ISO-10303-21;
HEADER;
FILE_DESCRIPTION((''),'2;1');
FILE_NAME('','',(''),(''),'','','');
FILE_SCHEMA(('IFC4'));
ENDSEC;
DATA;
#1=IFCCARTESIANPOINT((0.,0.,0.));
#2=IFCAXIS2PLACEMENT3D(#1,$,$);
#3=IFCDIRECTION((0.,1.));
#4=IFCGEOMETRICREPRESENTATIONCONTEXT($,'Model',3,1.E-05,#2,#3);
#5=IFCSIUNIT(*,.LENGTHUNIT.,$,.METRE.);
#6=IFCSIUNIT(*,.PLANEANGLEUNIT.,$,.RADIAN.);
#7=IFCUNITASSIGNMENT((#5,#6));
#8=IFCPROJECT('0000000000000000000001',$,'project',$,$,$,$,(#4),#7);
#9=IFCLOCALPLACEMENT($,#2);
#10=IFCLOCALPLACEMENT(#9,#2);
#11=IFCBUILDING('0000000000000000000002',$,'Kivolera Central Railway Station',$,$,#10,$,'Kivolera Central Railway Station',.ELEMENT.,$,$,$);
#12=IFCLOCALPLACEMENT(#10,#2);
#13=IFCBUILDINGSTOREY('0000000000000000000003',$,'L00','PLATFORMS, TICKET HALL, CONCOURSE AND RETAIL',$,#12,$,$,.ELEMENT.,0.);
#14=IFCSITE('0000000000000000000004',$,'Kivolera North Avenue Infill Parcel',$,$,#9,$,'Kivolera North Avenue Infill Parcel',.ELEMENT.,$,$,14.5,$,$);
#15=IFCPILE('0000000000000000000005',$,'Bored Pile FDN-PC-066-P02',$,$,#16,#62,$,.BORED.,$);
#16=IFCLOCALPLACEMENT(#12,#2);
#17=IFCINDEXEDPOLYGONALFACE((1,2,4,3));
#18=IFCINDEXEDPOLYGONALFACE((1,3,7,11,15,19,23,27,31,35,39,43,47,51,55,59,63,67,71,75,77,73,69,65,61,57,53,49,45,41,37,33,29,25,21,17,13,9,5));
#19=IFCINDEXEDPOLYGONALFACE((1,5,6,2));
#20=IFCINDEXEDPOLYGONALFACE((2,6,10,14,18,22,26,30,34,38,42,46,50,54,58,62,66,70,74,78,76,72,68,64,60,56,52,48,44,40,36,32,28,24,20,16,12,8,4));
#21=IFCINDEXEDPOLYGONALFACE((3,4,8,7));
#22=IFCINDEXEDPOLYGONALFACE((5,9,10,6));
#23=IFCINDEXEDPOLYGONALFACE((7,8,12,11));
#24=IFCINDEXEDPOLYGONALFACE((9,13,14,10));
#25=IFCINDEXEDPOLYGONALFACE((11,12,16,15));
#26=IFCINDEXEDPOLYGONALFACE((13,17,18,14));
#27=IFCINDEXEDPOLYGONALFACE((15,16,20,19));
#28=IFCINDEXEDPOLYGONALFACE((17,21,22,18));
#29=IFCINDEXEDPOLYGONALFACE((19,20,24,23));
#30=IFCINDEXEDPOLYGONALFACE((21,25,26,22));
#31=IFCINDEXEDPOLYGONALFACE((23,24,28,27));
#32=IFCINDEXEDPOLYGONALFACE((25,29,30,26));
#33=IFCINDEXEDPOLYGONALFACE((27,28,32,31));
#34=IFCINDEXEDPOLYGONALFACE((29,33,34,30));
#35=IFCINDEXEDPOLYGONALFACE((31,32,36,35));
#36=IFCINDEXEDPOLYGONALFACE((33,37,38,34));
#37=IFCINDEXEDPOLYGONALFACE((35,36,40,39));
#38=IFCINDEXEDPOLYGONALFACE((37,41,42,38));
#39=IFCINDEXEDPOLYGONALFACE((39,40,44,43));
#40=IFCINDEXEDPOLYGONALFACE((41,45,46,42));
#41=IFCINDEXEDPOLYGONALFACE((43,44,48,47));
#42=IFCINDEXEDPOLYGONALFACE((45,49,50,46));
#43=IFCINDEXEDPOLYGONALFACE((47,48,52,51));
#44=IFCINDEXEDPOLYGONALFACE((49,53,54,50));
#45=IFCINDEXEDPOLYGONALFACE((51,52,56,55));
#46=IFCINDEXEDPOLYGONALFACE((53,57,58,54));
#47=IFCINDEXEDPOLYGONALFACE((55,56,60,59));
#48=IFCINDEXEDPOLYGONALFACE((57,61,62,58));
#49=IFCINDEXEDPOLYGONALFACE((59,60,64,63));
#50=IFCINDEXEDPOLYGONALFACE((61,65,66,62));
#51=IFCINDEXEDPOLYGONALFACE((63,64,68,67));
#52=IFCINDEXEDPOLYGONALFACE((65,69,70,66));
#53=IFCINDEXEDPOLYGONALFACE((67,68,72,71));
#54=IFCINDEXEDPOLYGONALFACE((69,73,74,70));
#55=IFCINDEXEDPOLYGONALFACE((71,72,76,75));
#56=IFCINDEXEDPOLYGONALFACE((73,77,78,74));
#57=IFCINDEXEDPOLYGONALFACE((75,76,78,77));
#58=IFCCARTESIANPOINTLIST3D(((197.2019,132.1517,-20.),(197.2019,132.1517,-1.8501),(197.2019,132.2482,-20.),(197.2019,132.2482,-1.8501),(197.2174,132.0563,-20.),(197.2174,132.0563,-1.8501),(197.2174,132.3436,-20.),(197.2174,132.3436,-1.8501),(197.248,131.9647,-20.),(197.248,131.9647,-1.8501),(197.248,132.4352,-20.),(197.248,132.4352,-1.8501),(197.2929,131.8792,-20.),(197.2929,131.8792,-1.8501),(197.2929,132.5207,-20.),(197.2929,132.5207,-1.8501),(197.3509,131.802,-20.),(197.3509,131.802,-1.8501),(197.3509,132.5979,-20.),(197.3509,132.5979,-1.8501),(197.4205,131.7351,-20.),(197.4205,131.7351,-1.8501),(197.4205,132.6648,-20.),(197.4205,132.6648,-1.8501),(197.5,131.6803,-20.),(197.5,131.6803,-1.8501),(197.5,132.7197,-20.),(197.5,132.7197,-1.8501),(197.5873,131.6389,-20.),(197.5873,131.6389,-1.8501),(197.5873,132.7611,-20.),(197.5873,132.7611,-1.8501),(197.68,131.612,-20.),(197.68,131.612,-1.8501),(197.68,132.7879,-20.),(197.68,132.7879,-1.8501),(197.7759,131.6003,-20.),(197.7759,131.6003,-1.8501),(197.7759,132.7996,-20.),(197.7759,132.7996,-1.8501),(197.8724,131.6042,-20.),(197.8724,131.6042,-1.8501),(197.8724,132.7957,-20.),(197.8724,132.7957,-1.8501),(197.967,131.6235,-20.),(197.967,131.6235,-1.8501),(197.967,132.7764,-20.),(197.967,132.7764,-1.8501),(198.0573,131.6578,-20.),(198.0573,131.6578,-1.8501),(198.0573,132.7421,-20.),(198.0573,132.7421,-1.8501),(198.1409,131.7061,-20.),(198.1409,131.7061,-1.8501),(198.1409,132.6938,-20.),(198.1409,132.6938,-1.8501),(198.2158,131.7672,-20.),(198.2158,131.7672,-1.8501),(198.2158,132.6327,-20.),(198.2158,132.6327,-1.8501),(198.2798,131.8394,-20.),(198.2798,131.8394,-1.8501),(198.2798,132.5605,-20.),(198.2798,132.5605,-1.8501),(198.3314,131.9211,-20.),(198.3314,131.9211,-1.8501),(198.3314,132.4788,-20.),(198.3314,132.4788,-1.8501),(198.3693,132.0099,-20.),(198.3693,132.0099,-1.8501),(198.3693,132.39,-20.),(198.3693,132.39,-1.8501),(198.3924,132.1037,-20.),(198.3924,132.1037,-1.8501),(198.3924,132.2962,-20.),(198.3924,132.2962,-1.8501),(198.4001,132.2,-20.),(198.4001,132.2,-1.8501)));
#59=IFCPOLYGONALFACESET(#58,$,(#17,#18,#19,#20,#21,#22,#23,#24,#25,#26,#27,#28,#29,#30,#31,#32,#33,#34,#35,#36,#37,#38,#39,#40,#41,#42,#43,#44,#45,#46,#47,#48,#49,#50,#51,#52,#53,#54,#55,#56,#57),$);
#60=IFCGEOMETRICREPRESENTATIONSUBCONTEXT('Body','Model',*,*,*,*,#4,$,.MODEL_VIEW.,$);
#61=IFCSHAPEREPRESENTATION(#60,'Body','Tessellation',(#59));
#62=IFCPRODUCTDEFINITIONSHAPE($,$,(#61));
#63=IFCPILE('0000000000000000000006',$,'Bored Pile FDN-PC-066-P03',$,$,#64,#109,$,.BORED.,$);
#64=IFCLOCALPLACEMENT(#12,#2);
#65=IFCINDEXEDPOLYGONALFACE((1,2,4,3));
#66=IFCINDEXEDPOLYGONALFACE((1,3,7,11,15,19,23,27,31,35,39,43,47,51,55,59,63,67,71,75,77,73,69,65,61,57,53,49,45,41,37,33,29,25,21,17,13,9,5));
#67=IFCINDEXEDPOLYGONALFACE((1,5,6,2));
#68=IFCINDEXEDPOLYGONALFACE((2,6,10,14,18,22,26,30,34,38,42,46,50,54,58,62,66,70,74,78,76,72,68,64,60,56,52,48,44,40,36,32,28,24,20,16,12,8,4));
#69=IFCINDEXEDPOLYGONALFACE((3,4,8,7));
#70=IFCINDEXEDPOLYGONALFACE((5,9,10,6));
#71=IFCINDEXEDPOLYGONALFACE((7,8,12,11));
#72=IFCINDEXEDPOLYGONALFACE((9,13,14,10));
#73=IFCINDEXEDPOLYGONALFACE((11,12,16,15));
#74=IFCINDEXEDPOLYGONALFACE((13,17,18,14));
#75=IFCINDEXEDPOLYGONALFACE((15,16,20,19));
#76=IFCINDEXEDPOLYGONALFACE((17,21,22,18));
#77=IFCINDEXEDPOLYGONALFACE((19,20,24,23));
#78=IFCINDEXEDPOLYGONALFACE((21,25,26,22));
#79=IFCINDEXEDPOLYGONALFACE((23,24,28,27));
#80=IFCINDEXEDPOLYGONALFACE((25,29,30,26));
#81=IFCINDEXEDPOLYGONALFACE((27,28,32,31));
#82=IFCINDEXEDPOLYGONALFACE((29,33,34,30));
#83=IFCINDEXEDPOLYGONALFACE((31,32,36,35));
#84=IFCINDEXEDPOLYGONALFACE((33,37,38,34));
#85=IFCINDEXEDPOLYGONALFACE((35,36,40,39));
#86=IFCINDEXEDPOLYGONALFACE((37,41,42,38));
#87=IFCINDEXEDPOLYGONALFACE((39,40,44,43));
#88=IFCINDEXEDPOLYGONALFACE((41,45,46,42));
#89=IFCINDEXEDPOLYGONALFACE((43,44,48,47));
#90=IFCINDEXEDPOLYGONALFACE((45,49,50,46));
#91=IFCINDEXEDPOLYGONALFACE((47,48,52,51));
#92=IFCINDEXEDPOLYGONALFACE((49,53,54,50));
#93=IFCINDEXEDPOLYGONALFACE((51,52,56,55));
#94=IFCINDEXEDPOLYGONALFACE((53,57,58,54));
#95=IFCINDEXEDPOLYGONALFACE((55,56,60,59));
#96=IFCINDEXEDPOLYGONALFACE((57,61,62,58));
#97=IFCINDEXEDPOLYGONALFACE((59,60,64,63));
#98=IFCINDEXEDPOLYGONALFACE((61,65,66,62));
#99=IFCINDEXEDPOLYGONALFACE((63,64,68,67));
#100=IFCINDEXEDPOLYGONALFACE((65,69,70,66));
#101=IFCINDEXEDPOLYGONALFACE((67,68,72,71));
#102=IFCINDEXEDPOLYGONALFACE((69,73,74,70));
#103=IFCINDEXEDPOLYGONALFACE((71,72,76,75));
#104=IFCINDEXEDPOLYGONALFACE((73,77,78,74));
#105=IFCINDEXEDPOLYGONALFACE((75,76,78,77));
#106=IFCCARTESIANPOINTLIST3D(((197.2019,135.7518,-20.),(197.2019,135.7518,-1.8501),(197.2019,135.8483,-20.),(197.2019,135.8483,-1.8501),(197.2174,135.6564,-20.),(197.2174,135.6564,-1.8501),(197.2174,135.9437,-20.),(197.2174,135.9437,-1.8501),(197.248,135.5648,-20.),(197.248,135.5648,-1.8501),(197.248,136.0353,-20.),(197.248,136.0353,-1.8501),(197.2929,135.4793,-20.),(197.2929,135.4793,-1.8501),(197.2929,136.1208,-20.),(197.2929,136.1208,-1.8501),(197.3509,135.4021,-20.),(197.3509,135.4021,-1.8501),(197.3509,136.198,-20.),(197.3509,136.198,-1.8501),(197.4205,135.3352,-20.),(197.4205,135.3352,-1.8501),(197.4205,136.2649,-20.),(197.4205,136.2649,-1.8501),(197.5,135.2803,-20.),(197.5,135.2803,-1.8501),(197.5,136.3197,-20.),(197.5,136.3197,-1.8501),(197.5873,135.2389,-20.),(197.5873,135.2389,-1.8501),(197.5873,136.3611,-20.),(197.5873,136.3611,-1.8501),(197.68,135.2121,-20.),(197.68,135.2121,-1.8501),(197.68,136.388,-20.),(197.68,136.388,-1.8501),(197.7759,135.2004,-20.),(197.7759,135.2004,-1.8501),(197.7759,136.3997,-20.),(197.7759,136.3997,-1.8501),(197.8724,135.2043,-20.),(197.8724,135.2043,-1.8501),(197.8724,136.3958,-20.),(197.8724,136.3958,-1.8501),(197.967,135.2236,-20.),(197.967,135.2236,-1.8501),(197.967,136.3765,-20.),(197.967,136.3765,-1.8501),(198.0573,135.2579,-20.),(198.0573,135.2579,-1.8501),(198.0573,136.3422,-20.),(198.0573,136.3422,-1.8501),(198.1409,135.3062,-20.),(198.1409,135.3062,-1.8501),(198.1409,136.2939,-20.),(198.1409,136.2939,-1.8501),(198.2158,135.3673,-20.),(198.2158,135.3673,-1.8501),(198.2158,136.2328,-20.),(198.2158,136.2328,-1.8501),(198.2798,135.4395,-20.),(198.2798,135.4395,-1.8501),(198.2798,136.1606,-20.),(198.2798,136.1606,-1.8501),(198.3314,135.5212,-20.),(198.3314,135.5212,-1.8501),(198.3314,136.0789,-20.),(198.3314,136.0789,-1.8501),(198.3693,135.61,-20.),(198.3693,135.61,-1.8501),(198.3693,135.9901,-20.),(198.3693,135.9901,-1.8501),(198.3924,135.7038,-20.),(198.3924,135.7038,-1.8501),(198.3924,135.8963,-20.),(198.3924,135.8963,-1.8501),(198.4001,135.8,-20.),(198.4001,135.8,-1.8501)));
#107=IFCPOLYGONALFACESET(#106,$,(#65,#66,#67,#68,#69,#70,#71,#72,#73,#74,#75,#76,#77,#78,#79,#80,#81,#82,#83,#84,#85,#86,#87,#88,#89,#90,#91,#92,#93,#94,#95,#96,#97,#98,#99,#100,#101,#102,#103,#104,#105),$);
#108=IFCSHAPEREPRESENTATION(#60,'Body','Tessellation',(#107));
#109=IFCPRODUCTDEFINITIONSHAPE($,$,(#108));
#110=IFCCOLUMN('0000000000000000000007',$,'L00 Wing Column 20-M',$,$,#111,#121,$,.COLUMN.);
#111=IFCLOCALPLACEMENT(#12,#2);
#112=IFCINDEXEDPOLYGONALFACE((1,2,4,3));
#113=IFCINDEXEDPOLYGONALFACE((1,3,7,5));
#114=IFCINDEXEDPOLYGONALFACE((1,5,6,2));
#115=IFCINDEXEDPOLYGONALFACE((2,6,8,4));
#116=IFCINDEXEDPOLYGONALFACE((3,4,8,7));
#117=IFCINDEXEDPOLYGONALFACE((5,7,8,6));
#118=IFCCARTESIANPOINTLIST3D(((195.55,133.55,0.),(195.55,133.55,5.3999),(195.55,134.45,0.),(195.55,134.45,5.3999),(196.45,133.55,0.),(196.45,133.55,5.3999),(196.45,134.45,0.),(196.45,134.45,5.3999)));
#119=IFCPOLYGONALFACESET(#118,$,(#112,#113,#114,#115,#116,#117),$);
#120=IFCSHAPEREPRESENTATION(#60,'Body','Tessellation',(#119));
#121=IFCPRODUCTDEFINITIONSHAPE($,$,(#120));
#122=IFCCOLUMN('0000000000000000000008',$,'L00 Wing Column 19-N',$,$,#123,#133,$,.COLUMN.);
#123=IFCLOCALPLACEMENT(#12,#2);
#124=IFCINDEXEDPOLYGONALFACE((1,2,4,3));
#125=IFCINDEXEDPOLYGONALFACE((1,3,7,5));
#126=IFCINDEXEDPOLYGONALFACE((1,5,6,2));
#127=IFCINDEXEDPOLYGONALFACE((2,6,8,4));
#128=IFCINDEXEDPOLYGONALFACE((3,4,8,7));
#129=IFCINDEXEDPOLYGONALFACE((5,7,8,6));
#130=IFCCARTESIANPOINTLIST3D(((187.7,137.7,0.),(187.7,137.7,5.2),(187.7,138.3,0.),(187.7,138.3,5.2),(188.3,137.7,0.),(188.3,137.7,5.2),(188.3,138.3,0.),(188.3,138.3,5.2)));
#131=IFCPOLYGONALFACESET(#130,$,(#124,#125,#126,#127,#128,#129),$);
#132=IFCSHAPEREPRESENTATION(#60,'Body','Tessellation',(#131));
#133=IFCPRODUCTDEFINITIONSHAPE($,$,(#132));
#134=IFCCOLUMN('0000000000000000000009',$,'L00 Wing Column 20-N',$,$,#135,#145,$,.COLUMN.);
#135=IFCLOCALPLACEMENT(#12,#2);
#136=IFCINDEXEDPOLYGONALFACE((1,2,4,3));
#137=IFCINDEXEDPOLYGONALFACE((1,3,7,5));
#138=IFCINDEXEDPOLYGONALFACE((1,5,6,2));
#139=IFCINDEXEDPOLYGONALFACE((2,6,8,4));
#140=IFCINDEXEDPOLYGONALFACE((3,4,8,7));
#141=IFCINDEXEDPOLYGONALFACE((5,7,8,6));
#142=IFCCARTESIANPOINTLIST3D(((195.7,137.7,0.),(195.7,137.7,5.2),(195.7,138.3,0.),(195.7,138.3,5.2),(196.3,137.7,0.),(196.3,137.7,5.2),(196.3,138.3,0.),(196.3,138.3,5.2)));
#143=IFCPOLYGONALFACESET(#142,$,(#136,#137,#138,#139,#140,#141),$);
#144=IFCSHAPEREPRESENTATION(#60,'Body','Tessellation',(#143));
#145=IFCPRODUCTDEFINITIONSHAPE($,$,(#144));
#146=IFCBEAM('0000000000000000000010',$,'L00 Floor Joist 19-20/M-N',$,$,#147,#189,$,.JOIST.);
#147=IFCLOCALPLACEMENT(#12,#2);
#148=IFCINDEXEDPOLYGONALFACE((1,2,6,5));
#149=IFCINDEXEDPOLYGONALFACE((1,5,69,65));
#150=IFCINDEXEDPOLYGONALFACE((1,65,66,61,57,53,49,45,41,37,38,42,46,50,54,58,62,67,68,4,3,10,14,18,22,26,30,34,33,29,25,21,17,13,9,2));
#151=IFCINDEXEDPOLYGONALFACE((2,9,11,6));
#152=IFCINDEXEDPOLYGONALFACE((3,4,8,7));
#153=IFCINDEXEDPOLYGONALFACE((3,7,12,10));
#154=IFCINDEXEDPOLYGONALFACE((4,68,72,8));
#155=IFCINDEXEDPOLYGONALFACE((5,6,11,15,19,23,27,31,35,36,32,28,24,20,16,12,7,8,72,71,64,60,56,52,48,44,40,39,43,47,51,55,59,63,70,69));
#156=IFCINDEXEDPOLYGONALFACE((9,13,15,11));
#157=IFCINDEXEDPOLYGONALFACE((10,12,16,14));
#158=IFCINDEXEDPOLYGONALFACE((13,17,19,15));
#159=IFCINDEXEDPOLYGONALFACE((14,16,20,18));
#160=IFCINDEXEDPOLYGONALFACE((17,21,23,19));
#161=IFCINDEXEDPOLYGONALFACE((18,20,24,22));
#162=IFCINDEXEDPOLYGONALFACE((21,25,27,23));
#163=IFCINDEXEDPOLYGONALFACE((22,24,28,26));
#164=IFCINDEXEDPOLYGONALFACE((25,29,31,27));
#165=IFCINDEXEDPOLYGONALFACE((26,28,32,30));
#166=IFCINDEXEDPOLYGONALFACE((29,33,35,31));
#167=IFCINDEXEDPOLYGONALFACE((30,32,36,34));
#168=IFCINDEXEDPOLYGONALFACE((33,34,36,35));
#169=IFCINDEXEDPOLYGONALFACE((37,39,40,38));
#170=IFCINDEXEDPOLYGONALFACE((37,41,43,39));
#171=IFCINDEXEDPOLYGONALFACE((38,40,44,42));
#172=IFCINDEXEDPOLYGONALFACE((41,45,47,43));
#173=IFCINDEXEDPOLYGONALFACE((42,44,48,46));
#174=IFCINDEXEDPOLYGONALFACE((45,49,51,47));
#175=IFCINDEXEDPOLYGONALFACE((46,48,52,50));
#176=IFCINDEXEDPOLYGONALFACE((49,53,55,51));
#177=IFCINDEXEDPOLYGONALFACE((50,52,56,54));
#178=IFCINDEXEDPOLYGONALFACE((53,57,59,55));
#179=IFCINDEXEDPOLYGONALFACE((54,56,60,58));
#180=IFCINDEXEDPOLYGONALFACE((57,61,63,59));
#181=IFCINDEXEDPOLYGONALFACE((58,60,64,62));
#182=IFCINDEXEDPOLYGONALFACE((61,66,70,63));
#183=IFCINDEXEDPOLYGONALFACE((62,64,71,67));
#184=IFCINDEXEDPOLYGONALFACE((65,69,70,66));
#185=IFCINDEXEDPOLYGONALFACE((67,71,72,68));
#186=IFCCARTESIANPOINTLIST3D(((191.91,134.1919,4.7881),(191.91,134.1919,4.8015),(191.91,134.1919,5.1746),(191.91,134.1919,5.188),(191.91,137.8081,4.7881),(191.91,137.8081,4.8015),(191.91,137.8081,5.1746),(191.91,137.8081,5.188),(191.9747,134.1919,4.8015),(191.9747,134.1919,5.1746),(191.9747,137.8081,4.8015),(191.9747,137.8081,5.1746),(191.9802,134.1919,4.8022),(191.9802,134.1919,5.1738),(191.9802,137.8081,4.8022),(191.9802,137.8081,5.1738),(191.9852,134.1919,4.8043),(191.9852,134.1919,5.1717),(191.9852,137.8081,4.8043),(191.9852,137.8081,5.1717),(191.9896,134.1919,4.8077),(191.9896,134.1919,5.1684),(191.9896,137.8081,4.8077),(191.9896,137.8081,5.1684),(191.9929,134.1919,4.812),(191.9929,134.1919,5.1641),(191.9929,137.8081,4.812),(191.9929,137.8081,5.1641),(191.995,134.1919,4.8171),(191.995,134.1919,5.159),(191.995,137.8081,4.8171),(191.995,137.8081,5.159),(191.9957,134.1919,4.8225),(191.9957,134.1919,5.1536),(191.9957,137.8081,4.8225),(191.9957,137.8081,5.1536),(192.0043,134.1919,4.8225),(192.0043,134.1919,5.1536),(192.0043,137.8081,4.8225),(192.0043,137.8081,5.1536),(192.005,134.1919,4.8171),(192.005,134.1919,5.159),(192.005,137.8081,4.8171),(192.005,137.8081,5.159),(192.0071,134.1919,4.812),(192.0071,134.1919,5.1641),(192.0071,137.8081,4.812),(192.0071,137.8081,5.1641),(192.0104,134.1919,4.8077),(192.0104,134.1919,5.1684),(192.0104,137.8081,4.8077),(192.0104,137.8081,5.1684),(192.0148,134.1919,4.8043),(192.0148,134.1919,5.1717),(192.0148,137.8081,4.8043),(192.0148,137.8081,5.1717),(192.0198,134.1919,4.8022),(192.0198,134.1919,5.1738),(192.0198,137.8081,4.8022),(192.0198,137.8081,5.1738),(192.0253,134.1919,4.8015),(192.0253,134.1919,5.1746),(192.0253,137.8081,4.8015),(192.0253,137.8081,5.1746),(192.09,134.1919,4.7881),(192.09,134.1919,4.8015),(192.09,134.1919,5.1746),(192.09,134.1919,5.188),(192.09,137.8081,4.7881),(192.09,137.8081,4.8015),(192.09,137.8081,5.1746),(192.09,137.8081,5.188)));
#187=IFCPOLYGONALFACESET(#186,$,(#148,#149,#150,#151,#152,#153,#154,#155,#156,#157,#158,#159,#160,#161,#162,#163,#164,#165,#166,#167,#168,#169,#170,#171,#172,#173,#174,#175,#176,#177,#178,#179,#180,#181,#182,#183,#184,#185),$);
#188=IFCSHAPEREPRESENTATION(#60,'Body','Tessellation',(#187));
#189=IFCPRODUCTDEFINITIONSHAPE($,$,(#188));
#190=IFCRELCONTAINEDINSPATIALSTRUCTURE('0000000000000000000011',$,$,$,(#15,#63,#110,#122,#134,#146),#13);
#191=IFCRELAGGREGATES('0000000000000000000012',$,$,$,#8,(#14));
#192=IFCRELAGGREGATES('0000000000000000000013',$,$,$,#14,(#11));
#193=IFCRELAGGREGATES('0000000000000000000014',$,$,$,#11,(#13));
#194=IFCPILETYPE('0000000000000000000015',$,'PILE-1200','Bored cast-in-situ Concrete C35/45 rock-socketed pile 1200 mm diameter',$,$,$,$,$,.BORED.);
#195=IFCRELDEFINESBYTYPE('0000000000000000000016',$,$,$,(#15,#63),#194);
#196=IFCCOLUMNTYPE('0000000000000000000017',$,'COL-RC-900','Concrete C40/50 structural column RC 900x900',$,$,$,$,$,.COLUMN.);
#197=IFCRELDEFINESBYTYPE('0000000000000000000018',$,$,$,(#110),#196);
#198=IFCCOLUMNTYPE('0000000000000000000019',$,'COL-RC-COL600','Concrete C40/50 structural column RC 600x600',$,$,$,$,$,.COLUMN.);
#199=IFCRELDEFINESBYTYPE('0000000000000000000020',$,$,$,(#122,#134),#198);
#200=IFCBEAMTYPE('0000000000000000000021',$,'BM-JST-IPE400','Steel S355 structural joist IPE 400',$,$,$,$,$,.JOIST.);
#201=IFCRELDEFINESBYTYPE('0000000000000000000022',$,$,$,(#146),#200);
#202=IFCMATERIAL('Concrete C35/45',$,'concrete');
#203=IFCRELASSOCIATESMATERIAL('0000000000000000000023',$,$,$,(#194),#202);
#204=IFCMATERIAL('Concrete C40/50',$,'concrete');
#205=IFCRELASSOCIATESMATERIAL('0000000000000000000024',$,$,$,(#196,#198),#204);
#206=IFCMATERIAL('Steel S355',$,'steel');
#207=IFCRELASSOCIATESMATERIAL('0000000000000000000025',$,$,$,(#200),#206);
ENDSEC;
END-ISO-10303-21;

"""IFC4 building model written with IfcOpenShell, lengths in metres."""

from ifc_helpers import new_model, si_unit, direction, frame, origin, origin_2d, place, context, subcontext, project, spatial, rectangle, circle, i_section, extrude, material, material_profile, profile_set, type_object, element, save


model = new_model("IFC4")

# Units and contexts
model_context = context("Model", 3, precision=1e-05, world=origin(), true_north=direction((0.0, 1.0)))
body_context = subcontext(model_context, "Body", "Model", "MODEL_VIEW")
ifc_project = project(units=[si_unit("LENGTHUNIT", "METRE"), si_unit("PLANEANGLEUNIT", "RADIAN")], contexts=[model_context])

# Site, building, storey
site_placement = place(None, origin())
site = spatial("IfcSite", under=ifc_project, at=site_placement, Name="Kivolera North Avenue Infill Parcel", LongName="Kivolera North Avenue Infill Parcel", CompositionType="ELEMENT", RefElevation=14.5)
building_placement = place(site_placement, origin())
building = spatial("IfcBuilding", under=site, at=building_placement, Name="Kivolera Central Railway Station", LongName="Kivolera Central Railway Station", CompositionType="ELEMENT")
storey_placement = place(building_placement, origin())
storey = spatial("IfcBuildingStorey", under=building, at=storey_placement, Name="L00", Description="PLATFORMS, TICKET HALL, CONCOURSE AND RETAIL", CompositionType="ELEMENT", Elevation=0.0)

# Shared definitions
ifc_material_1 = material(Name="Concrete C35/45", Category="concrete")

# Piles
ifc_material_profile_1 = material_profile(ifc_material_1, circle(Radius=0.6001, at=origin_2d()), Name="PILE D1200")
ifc_profile_set_1 = profile_set([ifc_material_profile_1], Name="Concrete C35/45")
pile_type = type_object("IfcPileType", Name="PILE-1200", Description="Bored cast-in-situ Concrete C35/45 rock-socketed pile 1200 mm diameter", PredefinedType="BORED", material=ifc_profile_set_1)
for number, where, z_axis, x_axis, name in (
    (1, (197.8, 132.2, -1.8501), (0.0, 0.0, -1.0), (1.0, 0.0, 0.0), "Bored Pile FDN-PC-066-P02"),
    (2, (197.8, 135.8, -1.8501), (0.0, 0.0, -1.0), (1.0, 0.0, 0.0), "Bored Pile FDN-PC-066-P03"),
):
    element("IfcPile", number, at=place(storey_placement, frame(where, z_axis=z_axis, x_axis=x_axis)), inside=storey, type_object=pile_type, Name=name, PredefinedType="BORED", context=body_context, shape_type="SweptSolid", body=[
        extrude(circle(Radius=0.6001, at=origin_2d()), origin(), (0.0, 0.0, 1.0), 18.1499),
    ])

# Columns
ifc_material_2 = material(Name="Concrete C40/50", Category="concrete")
ifc_material_profile_2 = material_profile(ifc_material_2, rectangle(XDim=0.8999, YDim=0.8999, at=origin_2d()), Name="RC 900x900")
ifc_profile_set_2 = profile_set([ifc_material_profile_2], Name="Concrete C40/50")
column_type_1 = type_object("IfcColumnType", Name="COL-RC-900", Description="Concrete C40/50 structural column RC 900x900", PredefinedType="COLUMN", material=ifc_profile_set_2)
column_placement = place(storey_placement, frame((196.0, 134.0, 0.0), z_axis=(0.0, 0.0, 1.0), x_axis=(1.0, 0.0, 0.0)))
element("IfcColumn", 3, at=column_placement, inside=storey, type_object=column_type_1, Name="L00 Wing Column 20-M", PredefinedType="COLUMN", context=body_context, shape_type="SweptSolid", body=[
    extrude(rectangle(XDim=0.8999, YDim=0.8999, at=origin_2d()), origin(), (0.0, 0.0, 1.0), 5.3999),
])
ifc_material_profile_3 = material_profile(ifc_material_2, rectangle(XDim=0.6001, YDim=0.6001, at=origin_2d()), Name="RC 600x600")
ifc_profile_set_3 = profile_set([ifc_material_profile_3], Name="Concrete C40/50")
column_type_2 = type_object("IfcColumnType", Name="COL-RC-COL600", Description="Concrete C40/50 structural column RC 600x600", PredefinedType="COLUMN", material=ifc_profile_set_3)
for number, where, z_axis, x_axis, name in (
    (4, (188.0, 138.0, 0.0), (0.0, 0.0, 1.0), (1.0, 0.0, 0.0), "L00 Wing Column 19-N"),
    (5, (196.0, 138.0, 0.0), (0.0, 0.0, 1.0), (1.0, 0.0, 0.0), "L00 Wing Column 20-N"),
):
    element("IfcColumn", number, at=place(storey_placement, frame(where, z_axis=z_axis, x_axis=x_axis)), inside=storey, type_object=column_type_2, Name=name, PredefinedType="COLUMN", context=body_context, shape_type="SweptSolid", body=[
        extrude(rectangle(XDim=0.6001, YDim=0.6001, at=origin_2d()), origin(), (0.0, 0.0, 1.0), 5.2),
    ])

# Beam
ifc_material_3 = material(Name="Steel S355", Category="steel")
ifc_material_profile_4 = material_profile(ifc_material_3, i_section(OverallWidth=0.1799, OverallDepth=0.3999, WebThickness=0.0085, FlangeThickness=0.0134, FilletRadius=0.021, at=origin_2d()), Name="IPE 400")
ifc_profile_set_4 = profile_set([ifc_material_profile_4], Name="Steel S355")
beam_type_1 = type_object("IfcBeamType", Name="BM-JST-IPE400", Description="Steel S355 structural joist IPE 400", PredefinedType="JOIST", material=ifc_profile_set_4)
beam_1_placement = place(storey_placement, frame((192.0, 134.1919, 4.988), z_axis=(0.0, 1.0, 0.0), x_axis=(-1.0, 0.0, 0.0)))
element("IfcBeam", 6, at=beam_1_placement, inside=storey, type_object=beam_type_1, Name="L00 Floor Joist 19-20/M-N", PredefinedType="JOIST", context=body_context, shape_type="SweptSolid", body=[
    extrude(i_section(OverallWidth=0.1799, OverallDepth=0.3999, WebThickness=0.0085, FlangeThickness=0.0134, FilletRadius=0.021, at=origin_2d()), origin(), (0.0, 0.0, 1.0), 3.6162),
])

save(model, "model.ifc")
